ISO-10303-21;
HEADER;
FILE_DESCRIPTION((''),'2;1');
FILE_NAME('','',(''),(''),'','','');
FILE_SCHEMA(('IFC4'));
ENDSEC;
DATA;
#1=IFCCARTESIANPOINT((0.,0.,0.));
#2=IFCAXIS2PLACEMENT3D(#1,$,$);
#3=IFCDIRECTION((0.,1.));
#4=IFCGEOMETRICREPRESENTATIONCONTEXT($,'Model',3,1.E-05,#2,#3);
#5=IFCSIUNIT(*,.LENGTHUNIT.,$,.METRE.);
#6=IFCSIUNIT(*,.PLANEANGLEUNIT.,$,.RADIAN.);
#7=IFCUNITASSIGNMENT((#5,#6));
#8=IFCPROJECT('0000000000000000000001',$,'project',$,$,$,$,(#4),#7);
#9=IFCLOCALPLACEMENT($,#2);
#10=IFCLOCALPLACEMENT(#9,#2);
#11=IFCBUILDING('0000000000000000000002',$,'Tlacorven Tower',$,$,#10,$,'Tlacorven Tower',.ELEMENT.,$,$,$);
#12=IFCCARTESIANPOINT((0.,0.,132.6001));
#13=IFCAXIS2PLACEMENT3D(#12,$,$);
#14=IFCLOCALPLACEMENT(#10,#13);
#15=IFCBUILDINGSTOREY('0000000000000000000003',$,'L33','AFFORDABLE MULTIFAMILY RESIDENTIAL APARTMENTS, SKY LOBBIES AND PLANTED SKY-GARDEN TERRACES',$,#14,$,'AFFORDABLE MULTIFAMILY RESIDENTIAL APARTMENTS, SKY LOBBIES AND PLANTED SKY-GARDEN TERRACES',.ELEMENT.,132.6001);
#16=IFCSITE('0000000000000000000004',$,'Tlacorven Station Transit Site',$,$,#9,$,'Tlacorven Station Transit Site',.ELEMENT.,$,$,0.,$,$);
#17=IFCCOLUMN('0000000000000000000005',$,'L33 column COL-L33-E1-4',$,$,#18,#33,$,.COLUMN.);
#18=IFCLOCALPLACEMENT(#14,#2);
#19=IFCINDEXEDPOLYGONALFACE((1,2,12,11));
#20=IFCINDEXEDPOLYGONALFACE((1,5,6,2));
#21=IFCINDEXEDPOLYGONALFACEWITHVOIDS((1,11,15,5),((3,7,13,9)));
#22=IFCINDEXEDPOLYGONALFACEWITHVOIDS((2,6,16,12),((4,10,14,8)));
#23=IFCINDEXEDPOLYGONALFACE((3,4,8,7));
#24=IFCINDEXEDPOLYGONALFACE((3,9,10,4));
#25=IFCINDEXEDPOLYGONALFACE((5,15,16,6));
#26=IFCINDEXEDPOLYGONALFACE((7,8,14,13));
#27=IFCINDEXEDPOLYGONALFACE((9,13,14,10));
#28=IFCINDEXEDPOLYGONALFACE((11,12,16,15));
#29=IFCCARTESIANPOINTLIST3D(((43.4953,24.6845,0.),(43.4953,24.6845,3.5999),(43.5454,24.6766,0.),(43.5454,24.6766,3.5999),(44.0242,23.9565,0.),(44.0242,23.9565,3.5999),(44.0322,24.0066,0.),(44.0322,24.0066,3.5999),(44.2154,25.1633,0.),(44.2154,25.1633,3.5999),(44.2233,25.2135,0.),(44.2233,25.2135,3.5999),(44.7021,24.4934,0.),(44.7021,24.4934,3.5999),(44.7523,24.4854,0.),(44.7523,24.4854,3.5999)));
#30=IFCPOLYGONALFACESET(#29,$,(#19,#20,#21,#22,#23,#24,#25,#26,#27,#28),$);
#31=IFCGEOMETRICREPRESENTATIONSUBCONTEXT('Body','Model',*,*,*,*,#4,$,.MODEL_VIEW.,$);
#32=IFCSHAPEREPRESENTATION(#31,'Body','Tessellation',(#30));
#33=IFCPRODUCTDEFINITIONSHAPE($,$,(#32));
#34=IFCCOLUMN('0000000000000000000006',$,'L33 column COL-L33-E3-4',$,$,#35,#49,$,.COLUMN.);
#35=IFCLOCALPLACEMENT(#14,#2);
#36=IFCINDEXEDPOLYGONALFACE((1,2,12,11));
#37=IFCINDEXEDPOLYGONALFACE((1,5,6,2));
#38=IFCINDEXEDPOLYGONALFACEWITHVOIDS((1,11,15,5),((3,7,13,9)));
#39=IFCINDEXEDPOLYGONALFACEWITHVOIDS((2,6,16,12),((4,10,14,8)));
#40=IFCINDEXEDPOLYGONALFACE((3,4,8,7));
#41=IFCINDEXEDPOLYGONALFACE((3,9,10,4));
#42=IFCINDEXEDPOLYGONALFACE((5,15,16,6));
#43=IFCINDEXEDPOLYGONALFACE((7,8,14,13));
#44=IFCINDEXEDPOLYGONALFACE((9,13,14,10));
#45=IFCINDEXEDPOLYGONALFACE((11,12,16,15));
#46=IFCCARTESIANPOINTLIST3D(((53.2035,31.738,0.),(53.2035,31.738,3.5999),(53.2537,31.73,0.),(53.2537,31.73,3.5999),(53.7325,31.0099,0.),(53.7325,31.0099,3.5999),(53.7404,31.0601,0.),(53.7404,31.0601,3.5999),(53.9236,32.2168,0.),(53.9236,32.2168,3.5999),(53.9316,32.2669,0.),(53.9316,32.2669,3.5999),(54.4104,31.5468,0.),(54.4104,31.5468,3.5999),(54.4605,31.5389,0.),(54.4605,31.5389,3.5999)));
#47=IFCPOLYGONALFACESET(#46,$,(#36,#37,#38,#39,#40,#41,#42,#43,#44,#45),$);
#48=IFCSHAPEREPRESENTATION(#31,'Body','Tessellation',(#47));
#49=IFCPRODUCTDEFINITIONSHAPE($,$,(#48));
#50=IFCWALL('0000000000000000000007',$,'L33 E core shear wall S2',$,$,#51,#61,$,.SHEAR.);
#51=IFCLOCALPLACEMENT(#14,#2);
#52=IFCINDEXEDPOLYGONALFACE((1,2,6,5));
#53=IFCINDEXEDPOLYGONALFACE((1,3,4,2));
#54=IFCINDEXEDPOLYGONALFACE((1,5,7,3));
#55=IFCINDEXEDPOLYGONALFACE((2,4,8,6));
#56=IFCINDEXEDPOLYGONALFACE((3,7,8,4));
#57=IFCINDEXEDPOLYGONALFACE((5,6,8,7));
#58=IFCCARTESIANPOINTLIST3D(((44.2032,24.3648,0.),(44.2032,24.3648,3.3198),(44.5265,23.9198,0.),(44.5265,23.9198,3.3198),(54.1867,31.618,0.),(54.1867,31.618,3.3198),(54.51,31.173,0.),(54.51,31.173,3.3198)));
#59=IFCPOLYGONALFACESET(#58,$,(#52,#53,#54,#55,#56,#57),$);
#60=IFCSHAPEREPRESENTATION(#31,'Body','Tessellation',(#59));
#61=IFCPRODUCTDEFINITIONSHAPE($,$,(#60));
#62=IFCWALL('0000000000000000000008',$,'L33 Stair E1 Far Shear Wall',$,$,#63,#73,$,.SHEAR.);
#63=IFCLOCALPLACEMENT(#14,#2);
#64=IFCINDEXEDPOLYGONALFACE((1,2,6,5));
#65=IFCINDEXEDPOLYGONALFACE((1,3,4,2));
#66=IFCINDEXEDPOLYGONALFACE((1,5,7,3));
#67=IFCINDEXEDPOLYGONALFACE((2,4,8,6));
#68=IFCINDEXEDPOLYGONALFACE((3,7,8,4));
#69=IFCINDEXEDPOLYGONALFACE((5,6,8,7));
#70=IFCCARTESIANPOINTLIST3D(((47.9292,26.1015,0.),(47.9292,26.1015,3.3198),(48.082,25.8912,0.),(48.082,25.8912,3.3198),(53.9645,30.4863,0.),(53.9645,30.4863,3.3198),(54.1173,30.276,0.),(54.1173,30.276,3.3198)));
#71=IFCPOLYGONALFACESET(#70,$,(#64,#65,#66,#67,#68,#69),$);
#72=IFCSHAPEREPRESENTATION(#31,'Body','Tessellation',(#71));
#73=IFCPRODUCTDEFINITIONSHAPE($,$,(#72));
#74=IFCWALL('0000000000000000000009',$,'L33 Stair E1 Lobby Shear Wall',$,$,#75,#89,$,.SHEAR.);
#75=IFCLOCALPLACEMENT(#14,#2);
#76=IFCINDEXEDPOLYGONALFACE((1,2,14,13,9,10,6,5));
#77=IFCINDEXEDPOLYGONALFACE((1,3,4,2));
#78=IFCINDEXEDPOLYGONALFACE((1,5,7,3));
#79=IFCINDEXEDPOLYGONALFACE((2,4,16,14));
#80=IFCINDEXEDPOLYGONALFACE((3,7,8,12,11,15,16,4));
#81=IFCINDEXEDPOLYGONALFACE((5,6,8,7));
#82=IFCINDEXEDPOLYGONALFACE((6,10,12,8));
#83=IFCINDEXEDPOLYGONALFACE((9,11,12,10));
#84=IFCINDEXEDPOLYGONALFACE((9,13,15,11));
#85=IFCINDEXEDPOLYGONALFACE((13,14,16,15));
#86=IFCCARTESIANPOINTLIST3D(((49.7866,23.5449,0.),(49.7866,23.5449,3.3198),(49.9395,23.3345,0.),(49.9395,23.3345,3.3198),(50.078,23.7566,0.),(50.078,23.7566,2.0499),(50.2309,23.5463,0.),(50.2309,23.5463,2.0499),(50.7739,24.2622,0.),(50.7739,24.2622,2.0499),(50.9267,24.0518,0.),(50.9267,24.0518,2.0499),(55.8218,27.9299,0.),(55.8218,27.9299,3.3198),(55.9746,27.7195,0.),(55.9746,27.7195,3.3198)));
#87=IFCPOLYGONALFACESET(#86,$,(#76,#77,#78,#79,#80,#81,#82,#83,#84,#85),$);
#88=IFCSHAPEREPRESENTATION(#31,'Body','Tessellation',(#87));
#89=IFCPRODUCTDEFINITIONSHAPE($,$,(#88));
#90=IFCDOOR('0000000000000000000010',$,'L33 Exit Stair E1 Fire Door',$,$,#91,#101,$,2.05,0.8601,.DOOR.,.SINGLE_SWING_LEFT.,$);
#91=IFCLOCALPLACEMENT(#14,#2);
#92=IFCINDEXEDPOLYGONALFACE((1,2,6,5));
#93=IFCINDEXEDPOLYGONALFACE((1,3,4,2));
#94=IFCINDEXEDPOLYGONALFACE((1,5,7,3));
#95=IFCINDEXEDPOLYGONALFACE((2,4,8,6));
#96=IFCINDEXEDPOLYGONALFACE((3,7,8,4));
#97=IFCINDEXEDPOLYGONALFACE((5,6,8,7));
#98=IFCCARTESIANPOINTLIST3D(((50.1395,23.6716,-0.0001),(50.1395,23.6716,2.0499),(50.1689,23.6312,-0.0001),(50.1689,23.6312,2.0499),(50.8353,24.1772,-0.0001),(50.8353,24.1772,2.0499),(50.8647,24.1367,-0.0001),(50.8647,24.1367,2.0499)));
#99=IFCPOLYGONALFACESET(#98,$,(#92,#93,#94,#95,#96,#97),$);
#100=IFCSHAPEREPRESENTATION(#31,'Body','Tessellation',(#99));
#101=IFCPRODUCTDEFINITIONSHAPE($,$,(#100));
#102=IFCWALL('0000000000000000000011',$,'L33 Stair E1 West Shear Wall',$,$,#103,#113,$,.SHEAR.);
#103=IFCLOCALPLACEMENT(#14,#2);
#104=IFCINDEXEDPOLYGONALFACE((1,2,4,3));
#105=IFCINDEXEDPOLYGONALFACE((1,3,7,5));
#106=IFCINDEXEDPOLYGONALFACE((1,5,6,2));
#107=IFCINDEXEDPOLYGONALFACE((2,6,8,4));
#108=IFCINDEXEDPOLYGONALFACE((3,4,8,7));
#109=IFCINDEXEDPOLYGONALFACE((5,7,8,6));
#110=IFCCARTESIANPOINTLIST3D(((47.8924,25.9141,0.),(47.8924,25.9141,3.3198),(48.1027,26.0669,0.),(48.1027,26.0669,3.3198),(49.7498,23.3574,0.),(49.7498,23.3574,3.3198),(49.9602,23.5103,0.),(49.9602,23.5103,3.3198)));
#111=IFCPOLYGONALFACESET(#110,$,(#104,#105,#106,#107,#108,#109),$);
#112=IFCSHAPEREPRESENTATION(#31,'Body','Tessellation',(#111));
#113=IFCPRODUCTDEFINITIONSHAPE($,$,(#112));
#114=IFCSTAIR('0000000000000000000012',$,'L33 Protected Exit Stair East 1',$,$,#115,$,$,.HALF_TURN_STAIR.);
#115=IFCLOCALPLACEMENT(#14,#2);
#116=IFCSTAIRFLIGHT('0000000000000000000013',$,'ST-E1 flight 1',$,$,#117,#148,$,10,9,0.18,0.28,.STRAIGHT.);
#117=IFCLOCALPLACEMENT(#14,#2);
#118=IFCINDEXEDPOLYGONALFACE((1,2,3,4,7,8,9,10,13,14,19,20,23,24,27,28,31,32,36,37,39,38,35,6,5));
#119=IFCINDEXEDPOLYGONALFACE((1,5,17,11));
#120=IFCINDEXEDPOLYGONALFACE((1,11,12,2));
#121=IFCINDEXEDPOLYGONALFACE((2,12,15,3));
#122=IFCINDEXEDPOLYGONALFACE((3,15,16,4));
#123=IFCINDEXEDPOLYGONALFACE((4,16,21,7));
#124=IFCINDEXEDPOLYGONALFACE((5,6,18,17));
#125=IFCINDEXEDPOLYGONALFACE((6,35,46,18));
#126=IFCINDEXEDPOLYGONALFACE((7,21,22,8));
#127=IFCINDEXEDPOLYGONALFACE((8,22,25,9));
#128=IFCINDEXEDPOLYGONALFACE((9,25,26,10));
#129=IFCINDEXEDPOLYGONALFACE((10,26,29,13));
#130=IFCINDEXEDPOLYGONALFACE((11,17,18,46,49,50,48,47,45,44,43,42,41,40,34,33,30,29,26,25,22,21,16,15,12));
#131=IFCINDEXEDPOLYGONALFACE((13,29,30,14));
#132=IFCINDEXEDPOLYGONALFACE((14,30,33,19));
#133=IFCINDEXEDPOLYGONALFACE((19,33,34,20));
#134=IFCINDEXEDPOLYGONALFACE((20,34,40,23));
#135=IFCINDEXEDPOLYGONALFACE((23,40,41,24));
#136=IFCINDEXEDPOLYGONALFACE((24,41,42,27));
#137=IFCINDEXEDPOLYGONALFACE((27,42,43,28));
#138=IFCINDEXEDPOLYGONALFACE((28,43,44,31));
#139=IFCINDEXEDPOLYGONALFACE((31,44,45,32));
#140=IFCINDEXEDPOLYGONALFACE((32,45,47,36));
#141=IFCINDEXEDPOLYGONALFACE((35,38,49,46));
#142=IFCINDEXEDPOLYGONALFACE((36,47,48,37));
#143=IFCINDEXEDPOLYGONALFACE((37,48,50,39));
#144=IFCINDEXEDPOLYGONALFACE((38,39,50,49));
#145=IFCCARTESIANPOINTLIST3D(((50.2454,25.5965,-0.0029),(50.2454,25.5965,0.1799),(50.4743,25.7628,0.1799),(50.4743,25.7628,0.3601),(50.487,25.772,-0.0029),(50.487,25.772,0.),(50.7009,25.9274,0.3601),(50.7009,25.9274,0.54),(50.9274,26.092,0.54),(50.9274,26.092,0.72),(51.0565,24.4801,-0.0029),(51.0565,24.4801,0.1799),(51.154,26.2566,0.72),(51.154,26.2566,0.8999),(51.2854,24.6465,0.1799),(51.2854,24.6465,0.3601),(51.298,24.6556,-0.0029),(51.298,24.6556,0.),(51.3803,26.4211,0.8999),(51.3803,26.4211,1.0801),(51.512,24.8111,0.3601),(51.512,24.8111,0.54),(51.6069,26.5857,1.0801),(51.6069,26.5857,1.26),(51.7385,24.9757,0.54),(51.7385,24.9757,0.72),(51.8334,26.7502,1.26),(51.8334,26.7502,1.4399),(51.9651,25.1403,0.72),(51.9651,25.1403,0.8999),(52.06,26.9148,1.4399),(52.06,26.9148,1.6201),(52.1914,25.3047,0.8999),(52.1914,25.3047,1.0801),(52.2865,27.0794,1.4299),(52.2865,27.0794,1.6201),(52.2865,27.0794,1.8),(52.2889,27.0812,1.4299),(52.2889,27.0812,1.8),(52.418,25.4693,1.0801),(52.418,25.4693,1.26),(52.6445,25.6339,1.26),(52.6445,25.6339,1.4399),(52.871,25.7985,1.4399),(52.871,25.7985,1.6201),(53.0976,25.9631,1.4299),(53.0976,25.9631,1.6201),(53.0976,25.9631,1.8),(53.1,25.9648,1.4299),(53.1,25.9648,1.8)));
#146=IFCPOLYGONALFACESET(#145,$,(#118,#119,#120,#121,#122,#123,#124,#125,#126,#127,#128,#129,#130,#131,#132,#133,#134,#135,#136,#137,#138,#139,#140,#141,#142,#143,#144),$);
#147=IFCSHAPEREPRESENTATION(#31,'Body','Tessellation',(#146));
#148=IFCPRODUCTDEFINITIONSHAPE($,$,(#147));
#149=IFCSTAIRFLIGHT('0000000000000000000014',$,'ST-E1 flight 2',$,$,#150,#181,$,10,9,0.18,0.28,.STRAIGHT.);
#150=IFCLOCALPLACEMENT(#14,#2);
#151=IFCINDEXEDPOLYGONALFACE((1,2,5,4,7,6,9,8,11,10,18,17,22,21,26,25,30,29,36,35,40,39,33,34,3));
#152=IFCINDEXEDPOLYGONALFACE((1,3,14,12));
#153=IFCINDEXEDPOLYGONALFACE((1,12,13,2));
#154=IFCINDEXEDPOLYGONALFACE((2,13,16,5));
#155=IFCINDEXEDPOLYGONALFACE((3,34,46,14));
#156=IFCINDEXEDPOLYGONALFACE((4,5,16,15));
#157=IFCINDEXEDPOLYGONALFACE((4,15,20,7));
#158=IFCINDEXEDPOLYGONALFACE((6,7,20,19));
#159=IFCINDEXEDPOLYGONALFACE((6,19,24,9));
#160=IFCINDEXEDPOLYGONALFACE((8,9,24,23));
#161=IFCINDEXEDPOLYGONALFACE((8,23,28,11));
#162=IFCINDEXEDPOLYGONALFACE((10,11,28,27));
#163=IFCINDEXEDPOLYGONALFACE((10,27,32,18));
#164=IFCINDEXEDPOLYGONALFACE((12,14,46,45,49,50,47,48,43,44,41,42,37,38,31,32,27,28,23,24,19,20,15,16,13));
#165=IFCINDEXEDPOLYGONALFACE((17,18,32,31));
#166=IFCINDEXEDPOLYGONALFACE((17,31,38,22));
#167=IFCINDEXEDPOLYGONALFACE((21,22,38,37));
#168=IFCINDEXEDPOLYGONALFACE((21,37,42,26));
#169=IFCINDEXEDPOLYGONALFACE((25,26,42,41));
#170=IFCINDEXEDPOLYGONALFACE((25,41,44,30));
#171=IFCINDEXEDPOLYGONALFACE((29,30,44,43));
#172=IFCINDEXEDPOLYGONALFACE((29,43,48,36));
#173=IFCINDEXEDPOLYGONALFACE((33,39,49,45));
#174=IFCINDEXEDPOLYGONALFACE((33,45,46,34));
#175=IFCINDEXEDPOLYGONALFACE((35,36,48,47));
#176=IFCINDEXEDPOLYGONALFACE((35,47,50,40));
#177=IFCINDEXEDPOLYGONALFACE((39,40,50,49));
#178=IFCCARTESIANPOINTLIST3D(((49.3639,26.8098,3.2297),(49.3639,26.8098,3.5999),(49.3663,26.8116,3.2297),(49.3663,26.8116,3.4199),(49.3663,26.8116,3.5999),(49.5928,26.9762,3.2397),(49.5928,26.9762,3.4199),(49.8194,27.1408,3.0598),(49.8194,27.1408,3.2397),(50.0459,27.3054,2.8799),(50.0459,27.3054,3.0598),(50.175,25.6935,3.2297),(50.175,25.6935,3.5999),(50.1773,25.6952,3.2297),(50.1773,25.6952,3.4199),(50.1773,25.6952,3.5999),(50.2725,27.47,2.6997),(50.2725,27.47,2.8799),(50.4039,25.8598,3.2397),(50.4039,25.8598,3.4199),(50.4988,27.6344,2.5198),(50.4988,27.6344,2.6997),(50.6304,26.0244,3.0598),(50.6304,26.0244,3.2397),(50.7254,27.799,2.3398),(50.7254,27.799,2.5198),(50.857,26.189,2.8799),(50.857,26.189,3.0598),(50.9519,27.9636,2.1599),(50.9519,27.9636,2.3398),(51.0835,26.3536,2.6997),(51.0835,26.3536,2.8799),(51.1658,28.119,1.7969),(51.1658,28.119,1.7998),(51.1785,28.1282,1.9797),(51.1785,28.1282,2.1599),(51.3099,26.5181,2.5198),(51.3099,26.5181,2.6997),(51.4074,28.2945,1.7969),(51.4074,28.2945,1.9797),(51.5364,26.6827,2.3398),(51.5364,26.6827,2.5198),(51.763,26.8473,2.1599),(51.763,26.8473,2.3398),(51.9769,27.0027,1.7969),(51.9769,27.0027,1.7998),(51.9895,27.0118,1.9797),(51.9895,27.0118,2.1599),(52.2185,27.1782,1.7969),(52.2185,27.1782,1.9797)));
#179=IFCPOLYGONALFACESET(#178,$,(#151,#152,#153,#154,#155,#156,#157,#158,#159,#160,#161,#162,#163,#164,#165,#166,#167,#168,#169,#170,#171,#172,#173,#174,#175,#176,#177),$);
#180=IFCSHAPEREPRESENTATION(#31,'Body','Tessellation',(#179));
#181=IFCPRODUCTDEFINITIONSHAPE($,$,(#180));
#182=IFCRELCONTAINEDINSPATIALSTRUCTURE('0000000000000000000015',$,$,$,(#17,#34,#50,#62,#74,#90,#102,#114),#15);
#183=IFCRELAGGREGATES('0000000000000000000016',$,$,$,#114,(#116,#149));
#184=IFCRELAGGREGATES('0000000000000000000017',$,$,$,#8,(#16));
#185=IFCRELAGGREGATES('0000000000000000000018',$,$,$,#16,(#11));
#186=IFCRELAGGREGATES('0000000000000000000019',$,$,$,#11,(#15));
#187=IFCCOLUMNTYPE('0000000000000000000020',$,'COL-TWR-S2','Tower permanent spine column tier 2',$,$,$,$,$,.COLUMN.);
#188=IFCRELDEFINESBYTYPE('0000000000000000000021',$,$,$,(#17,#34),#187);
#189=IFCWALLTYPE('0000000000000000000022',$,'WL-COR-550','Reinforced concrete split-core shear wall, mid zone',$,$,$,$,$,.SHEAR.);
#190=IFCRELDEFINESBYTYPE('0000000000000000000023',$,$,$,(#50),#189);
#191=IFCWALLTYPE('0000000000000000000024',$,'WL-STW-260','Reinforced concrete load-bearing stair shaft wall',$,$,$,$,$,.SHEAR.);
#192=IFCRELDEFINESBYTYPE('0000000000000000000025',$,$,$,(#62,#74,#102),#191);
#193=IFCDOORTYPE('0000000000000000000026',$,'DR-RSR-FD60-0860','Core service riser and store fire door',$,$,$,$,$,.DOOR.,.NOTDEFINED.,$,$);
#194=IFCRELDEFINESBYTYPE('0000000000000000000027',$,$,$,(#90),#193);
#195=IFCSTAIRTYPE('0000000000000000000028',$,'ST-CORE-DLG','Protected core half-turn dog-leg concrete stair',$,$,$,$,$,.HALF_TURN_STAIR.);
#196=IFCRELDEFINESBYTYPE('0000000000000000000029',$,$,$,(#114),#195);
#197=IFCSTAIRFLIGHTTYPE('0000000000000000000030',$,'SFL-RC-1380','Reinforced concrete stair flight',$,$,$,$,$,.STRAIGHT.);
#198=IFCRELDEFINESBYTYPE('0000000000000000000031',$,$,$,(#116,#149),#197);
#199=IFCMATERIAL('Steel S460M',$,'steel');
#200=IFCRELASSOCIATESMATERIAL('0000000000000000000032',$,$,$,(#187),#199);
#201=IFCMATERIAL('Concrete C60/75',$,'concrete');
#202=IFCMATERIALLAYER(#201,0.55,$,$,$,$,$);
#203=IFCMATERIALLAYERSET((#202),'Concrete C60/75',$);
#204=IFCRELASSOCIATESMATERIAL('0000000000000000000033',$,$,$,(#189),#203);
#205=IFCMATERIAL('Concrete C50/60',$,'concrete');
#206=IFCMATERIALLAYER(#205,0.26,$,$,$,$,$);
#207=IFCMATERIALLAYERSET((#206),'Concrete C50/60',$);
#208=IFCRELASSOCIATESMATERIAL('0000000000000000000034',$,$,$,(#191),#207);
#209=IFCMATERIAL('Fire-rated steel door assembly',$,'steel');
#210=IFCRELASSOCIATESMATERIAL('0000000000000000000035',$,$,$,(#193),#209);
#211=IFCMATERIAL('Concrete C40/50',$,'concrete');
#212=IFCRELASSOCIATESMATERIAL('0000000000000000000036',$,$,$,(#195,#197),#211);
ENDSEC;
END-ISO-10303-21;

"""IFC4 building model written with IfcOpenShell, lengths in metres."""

from ifc_helpers import new_model, si_unit, direction, frame, frame_2d, origin, origin_2d, place, context, subcontext, project, spatial, polyline, rectangle, hollow_rectangle, outline, extrude, source, transform, mapped, material, layer, layer_set, material_profile, profile_set, type_object, element, fill, aggregate, save


model = new_model("IFC4")

# Units and contexts
model_context = context("Model", 3, precision=1e-05, world=origin(), true_north=direction((0.0, 1.0)))
body_context = subcontext(model_context, "Body", "Model", "MODEL_VIEW")
ifc_project = project(units=[si_unit("LENGTHUNIT", "METRE"), si_unit("PLANEANGLEUNIT", "RADIAN")], contexts=[model_context])

# Site, building, storey
site_placement = place(None, origin())
site = spatial("IfcSite", under=ifc_project, at=site_placement, Name="Tlacorven Station Transit Site", LongName="Tlacorven Station Transit Site", CompositionType="ELEMENT", RefElevation=0.0)
building_placement = place(site_placement, origin())
building = spatial("IfcBuilding", under=site, at=building_placement, Name="Tlacorven Tower", LongName="Tlacorven Tower", CompositionType="ELEMENT")
storey_placement = place(building_placement, frame((0.0, 0.0, 132.6001)))
storey = spatial("IfcBuildingStorey", under=building, at=storey_placement, Name="L33", Description="AFFORDABLE MULTIFAMILY RESIDENTIAL APARTMENTS, SKY LOBBIES AND PLANTED SKY-GARDEN TERRACES", LongName="AFFORDABLE MULTIFAMILY RESIDENTIAL APARTMENTS, SKY LOBBIES AND PLANTED SKY-GARDEN TERRACES", CompositionType="ELEMENT", Elevation=132.6001)

# Columns
ifc_material_1 = material(Name="Steel S460M", Category="steel")
ifc_material_profile = material_profile(ifc_material_1, hollow_rectangle(XDim=0.8999, YDim=0.8999, WallThickness=0.0359, at=origin_2d()), Name="BOX 900X900X36")
ifc_profile_set = profile_set([ifc_material_profile], Name="Steel S460M")
column_type = type_object("IfcColumnType", Name="COL-TWR-S2", Description="Tower permanent spine column tier 2", PredefinedType="COLUMN", material=ifc_profile_set)
shared_shape_1 = source(origin(), body_context, "Body", "SweptSolid", [
    extrude(hollow_rectangle(XDim=0.8999, YDim=0.8999, WallThickness=0.0359, at=origin_2d()), origin(), (0.0, 0.0, 1.0), 3.5999),
])
for number, where, z_axis, x_axis, name in (
    (1, (44.1238, 24.585, 0.0), (0.0, 0.0, 1.0), (0.809017, 0.587785, 0.0), "L33 column COL-L33-E1-4"),
    (2, (53.832, 31.6384, 0.0), (0.0, 0.0, 1.0), (0.809017, 0.587785, 0.0), "L33 column COL-L33-E3-4"),
):
    element("IfcColumn", number, at=place(storey_placement, frame(where, z_axis=z_axis, x_axis=x_axis)), inside=storey, type_object=column_type, Name=name, PredefinedType="COLUMN", context=body_context, shape_type="MappedRepresentation", body=[
        mapped(shared_shape_1, transform((0.0, 0.0, 0.0), scale=1.0)),
    ])

# Walls
ifc_material_2 = material(Name="Concrete C60/75", Category="concrete")
ifc_layer_1 = layer(ifc_material_2, 0.55)
ifc_layer_set_1 = layer_set([ifc_layer_1], Name="Concrete C60/75")
wall_type_1 = type_object("IfcWallType", Name="WL-COR-550", Description="Reinforced concrete split-core shear wall, mid zone", PredefinedType="SHEAR", material=ifc_layer_set_1)
wall_1_placement = place(storey_placement, frame((44.365, 24.1423, 0.0), z_axis=(0.0, 0.0, 1.0), x_axis=(0.809024, 0.587775, 0.0)))
element("IfcWall", 3, at=wall_1_placement, inside=storey, type_object=wall_type_1, Name="L33 E core shear wall S2", PredefinedType="SHEAR", context=body_context, shape_type="SweptSolid", body=[
    extrude(rectangle(XDim=12.3401, YDim=0.55, at=frame_2d((6.1699, 0.0))), origin(), (0.0, 0.0, 1.0), 3.3198),
])
ifc_material_3 = material(Name="Concrete C50/60", Category="concrete")
ifc_layer_2 = layer(ifc_material_3, 0.26)
ifc_layer_set_2 = layer_set([ifc_layer_2], Name="Concrete C50/60")
wall_type_2 = type_object("IfcWallType", Name="WL-STW-260", Description="Reinforced concrete load-bearing stair shaft wall", PredefinedType="SHEAR", material=ifc_layer_set_2)
wall_2_placement = place(storey_placement, frame((48.0056, 25.9963, 0.0), z_axis=(0.0, 0.0, 1.0), x_axis=(0.809019, 0.587782, 0.0)))
element("IfcWall", 4, at=wall_2_placement, inside=storey, type_object=wall_type_2, Name="L33 Stair E1 Far Shear Wall", PredefinedType="SHEAR", context=body_context, shape_type="SweptSolid", body=[
    extrude(rectangle(XDim=7.46, YDim=0.26, at=frame_2d((3.73, 0.0))), origin(), (0.0, 0.0, 1.0), 3.3198),
])

# Wall, opening, door
wall_3_placement = place(storey_placement, frame((49.863, 23.4397, 0.0), z_axis=(0.0, 0.0, 1.0), x_axis=(0.809003, 0.587804, 0.0)))
wall_3 = element("IfcWall", 5, at=wall_3_placement, inside=storey, type_object=wall_type_2, Name="L33 Stair E1 Lobby Shear Wall", PredefinedType="SHEAR", context=body_context, shape_type="SweptSolid", body=[
    extrude(rectangle(XDim=7.46, YDim=0.26, at=frame_2d((3.73, 0.0))), origin(), (0.0, 0.0, 1.0), 3.3198),
])
opening_placement = place(wall_3_placement, frame((0.3601, 0.0, 0.0)))
opening = element("IfcOpeningElement", 6, at=opening_placement, cuts=wall_3, PredefinedType="OPENING", context=body_context, shape_type="SweptSolid", body=[
    extrude(rectangle(XDim=0.8601, YDim=2.05, at=frame_2d((0.4302, 1.0249))), frame((0.0, 0.1401, 0.0), z_axis=(0.0, -1.0, 0.0), x_axis=(1.0, 0.0, 0.0)), (0.0, 0.0, 1.0), 0.28),
])
ifc_material_4 = material(Name="Fire-rated steel door assembly", Category="steel")
door_type = type_object("IfcDoorType", Name="DR-RSR-FD60-0860", Description="Core service riser and store fire door", OperationType="NOTDEFINED", PredefinedType="DOOR", material=ifc_material_4)
shared_shape_2 = source(origin(), body_context, "Body", "SweptSolid", [
    extrude(rectangle(XDim=0.8601, YDim=2.05, at=frame_2d((0.4302, 1.0249))), frame((0.0, 0.0249, 0.0), z_axis=(0.0, -1.0, 0.0), x_axis=(1.0, 0.0, 0.0)), (0.0, 0.0, 1.0), 0.05),
])
door_placement = place(opening_placement, frame((0.8601, 0.0, 0.0), z_axis=(0.0, 0.0, 1.0), x_axis=(-1.0, 0.0, 0.0)))
door = element("IfcDoor", 7, at=door_placement, inside=storey, type_object=door_type, Name="L33 Exit Stair E1 Fire Door", OperationType="SINGLE_SWING_LEFT", OverallHeight=2.05, OverallWidth=0.8601, PredefinedType="DOOR", context=body_context, shape_type="MappedRepresentation", body=[
    mapped(shared_shape_2, transform((0.0, 0.0, 0.0), scale=1.0)),
])
fill(opening, door)

# Wall
wall_4_placement = place(storey_placement, frame((49.855, 23.4338, 0.0), z_axis=(0.0, 0.0, 1.0), x_axis=(-0.587767, 0.80903, 0.0)))
element("IfcWall", 8, at=wall_4_placement, inside=storey, type_object=wall_type_2, Name="L33 Stair E1 West Shear Wall", PredefinedType="SHEAR", context=body_context, shape_type="SweptSolid", body=[
    extrude(rectangle(XDim=3.1602, YDim=0.26, at=frame_2d((1.5801, 0.0))), origin(), (0.0, 0.0, 1.0), 3.3198),
])

# Stair, stair flights
ifc_material_5 = material(Name="Concrete C40/50", Category="concrete")
stair_type = type_object("IfcStairType", Name="ST-CORE-DLG", Description="Protected core half-turn dog-leg concrete stair", PredefinedType="HALF_TURN_STAIR", material=ifc_material_5)
stair_placement = place(storey_placement, origin())
stair = element("IfcStair", 9, at=stair_placement, inside=storey, type_object=stair_type, Name="L33 Protected Exit Stair East 1", PredefinedType="HALF_TURN_STAIR")
stair_flight_type = type_object("IfcStairFlightType", Name="SFL-RC-1380", Description="Reinforced concrete stair flight", PredefinedType="STRAIGHT", material=ifc_material_5)
shared_shape_3 = source(origin(), body_context, "Body", "SweptSolid", [
    extrude(outline(polyline([(-0.0029, -0.0029), (-0.0029, 0.1799), (0.28, 0.1799), (0.28, 0.3601), (0.5601, 0.3601), (0.5601, 0.54), (0.8401, 0.54), (0.8401, 0.72), (1.1201, 0.72), (1.1201, 0.8999), (1.3999, 0.8999), (1.3999, 1.0801), (1.6799, 1.0801), (1.6799, 1.26), (1.96, 1.26), (1.96, 1.4399), (2.24, 1.4399), (2.24, 1.6201), (2.52, 1.6201), (2.52, 1.8), (2.5229, 1.8), (2.5229, 1.4299), (2.52, 1.4299), (0.2957, 0.0), (0.2957, -0.0029), (-0.0029, -0.0029)])), frame((0.0, 0.6899, 0.0), z_axis=(0.0, -1.0, 0.0), x_axis=(1.0, 0.0, 0.0)), (0.0, 0.0, 1.0), 1.3799),
])
stair_flight_1_placement = place(storey_placement, frame((50.6533, 25.04, 0.0), z_axis=(0.0, 0.0, 1.0), x_axis=(0.809017, 0.587785, 0.0)))
stair_flight_1 = element("IfcStairFlight", 10, at=stair_flight_1_placement, type_object=stair_flight_type, Name="ST-E1 flight 1", NumberOfRisers=10, NumberOfTreads=9, PredefinedType="STRAIGHT", RiserHeight=0.18, TreadLength=0.28, context=body_context, shape_type="MappedRepresentation", body=[
    mapped(shared_shape_3, transform((0.0, 0.0, 0.0), scale=1.0)),
])
stair_flight_2_placement = place(storey_placement, frame((51.8105, 27.7346, 1.7998), z_axis=(0.0, 0.0, 1.0), x_axis=(-0.809017, -0.587785, 0.0)))
stair_flight_2 = element("IfcStairFlight", 11, at=stair_flight_2_placement, type_object=stair_flight_type, Name="ST-E1 flight 2", NumberOfRisers=10, NumberOfTreads=9, PredefinedType="STRAIGHT", RiserHeight=0.18, TreadLength=0.28, context=body_context, shape_type="MappedRepresentation", body=[
    mapped(shared_shape_3, transform((0.0, 0.0, 0.0), scale=1.0)),
])
aggregate(stair, [stair_flight_1, stair_flight_2])

save(model, "model.ifc")
